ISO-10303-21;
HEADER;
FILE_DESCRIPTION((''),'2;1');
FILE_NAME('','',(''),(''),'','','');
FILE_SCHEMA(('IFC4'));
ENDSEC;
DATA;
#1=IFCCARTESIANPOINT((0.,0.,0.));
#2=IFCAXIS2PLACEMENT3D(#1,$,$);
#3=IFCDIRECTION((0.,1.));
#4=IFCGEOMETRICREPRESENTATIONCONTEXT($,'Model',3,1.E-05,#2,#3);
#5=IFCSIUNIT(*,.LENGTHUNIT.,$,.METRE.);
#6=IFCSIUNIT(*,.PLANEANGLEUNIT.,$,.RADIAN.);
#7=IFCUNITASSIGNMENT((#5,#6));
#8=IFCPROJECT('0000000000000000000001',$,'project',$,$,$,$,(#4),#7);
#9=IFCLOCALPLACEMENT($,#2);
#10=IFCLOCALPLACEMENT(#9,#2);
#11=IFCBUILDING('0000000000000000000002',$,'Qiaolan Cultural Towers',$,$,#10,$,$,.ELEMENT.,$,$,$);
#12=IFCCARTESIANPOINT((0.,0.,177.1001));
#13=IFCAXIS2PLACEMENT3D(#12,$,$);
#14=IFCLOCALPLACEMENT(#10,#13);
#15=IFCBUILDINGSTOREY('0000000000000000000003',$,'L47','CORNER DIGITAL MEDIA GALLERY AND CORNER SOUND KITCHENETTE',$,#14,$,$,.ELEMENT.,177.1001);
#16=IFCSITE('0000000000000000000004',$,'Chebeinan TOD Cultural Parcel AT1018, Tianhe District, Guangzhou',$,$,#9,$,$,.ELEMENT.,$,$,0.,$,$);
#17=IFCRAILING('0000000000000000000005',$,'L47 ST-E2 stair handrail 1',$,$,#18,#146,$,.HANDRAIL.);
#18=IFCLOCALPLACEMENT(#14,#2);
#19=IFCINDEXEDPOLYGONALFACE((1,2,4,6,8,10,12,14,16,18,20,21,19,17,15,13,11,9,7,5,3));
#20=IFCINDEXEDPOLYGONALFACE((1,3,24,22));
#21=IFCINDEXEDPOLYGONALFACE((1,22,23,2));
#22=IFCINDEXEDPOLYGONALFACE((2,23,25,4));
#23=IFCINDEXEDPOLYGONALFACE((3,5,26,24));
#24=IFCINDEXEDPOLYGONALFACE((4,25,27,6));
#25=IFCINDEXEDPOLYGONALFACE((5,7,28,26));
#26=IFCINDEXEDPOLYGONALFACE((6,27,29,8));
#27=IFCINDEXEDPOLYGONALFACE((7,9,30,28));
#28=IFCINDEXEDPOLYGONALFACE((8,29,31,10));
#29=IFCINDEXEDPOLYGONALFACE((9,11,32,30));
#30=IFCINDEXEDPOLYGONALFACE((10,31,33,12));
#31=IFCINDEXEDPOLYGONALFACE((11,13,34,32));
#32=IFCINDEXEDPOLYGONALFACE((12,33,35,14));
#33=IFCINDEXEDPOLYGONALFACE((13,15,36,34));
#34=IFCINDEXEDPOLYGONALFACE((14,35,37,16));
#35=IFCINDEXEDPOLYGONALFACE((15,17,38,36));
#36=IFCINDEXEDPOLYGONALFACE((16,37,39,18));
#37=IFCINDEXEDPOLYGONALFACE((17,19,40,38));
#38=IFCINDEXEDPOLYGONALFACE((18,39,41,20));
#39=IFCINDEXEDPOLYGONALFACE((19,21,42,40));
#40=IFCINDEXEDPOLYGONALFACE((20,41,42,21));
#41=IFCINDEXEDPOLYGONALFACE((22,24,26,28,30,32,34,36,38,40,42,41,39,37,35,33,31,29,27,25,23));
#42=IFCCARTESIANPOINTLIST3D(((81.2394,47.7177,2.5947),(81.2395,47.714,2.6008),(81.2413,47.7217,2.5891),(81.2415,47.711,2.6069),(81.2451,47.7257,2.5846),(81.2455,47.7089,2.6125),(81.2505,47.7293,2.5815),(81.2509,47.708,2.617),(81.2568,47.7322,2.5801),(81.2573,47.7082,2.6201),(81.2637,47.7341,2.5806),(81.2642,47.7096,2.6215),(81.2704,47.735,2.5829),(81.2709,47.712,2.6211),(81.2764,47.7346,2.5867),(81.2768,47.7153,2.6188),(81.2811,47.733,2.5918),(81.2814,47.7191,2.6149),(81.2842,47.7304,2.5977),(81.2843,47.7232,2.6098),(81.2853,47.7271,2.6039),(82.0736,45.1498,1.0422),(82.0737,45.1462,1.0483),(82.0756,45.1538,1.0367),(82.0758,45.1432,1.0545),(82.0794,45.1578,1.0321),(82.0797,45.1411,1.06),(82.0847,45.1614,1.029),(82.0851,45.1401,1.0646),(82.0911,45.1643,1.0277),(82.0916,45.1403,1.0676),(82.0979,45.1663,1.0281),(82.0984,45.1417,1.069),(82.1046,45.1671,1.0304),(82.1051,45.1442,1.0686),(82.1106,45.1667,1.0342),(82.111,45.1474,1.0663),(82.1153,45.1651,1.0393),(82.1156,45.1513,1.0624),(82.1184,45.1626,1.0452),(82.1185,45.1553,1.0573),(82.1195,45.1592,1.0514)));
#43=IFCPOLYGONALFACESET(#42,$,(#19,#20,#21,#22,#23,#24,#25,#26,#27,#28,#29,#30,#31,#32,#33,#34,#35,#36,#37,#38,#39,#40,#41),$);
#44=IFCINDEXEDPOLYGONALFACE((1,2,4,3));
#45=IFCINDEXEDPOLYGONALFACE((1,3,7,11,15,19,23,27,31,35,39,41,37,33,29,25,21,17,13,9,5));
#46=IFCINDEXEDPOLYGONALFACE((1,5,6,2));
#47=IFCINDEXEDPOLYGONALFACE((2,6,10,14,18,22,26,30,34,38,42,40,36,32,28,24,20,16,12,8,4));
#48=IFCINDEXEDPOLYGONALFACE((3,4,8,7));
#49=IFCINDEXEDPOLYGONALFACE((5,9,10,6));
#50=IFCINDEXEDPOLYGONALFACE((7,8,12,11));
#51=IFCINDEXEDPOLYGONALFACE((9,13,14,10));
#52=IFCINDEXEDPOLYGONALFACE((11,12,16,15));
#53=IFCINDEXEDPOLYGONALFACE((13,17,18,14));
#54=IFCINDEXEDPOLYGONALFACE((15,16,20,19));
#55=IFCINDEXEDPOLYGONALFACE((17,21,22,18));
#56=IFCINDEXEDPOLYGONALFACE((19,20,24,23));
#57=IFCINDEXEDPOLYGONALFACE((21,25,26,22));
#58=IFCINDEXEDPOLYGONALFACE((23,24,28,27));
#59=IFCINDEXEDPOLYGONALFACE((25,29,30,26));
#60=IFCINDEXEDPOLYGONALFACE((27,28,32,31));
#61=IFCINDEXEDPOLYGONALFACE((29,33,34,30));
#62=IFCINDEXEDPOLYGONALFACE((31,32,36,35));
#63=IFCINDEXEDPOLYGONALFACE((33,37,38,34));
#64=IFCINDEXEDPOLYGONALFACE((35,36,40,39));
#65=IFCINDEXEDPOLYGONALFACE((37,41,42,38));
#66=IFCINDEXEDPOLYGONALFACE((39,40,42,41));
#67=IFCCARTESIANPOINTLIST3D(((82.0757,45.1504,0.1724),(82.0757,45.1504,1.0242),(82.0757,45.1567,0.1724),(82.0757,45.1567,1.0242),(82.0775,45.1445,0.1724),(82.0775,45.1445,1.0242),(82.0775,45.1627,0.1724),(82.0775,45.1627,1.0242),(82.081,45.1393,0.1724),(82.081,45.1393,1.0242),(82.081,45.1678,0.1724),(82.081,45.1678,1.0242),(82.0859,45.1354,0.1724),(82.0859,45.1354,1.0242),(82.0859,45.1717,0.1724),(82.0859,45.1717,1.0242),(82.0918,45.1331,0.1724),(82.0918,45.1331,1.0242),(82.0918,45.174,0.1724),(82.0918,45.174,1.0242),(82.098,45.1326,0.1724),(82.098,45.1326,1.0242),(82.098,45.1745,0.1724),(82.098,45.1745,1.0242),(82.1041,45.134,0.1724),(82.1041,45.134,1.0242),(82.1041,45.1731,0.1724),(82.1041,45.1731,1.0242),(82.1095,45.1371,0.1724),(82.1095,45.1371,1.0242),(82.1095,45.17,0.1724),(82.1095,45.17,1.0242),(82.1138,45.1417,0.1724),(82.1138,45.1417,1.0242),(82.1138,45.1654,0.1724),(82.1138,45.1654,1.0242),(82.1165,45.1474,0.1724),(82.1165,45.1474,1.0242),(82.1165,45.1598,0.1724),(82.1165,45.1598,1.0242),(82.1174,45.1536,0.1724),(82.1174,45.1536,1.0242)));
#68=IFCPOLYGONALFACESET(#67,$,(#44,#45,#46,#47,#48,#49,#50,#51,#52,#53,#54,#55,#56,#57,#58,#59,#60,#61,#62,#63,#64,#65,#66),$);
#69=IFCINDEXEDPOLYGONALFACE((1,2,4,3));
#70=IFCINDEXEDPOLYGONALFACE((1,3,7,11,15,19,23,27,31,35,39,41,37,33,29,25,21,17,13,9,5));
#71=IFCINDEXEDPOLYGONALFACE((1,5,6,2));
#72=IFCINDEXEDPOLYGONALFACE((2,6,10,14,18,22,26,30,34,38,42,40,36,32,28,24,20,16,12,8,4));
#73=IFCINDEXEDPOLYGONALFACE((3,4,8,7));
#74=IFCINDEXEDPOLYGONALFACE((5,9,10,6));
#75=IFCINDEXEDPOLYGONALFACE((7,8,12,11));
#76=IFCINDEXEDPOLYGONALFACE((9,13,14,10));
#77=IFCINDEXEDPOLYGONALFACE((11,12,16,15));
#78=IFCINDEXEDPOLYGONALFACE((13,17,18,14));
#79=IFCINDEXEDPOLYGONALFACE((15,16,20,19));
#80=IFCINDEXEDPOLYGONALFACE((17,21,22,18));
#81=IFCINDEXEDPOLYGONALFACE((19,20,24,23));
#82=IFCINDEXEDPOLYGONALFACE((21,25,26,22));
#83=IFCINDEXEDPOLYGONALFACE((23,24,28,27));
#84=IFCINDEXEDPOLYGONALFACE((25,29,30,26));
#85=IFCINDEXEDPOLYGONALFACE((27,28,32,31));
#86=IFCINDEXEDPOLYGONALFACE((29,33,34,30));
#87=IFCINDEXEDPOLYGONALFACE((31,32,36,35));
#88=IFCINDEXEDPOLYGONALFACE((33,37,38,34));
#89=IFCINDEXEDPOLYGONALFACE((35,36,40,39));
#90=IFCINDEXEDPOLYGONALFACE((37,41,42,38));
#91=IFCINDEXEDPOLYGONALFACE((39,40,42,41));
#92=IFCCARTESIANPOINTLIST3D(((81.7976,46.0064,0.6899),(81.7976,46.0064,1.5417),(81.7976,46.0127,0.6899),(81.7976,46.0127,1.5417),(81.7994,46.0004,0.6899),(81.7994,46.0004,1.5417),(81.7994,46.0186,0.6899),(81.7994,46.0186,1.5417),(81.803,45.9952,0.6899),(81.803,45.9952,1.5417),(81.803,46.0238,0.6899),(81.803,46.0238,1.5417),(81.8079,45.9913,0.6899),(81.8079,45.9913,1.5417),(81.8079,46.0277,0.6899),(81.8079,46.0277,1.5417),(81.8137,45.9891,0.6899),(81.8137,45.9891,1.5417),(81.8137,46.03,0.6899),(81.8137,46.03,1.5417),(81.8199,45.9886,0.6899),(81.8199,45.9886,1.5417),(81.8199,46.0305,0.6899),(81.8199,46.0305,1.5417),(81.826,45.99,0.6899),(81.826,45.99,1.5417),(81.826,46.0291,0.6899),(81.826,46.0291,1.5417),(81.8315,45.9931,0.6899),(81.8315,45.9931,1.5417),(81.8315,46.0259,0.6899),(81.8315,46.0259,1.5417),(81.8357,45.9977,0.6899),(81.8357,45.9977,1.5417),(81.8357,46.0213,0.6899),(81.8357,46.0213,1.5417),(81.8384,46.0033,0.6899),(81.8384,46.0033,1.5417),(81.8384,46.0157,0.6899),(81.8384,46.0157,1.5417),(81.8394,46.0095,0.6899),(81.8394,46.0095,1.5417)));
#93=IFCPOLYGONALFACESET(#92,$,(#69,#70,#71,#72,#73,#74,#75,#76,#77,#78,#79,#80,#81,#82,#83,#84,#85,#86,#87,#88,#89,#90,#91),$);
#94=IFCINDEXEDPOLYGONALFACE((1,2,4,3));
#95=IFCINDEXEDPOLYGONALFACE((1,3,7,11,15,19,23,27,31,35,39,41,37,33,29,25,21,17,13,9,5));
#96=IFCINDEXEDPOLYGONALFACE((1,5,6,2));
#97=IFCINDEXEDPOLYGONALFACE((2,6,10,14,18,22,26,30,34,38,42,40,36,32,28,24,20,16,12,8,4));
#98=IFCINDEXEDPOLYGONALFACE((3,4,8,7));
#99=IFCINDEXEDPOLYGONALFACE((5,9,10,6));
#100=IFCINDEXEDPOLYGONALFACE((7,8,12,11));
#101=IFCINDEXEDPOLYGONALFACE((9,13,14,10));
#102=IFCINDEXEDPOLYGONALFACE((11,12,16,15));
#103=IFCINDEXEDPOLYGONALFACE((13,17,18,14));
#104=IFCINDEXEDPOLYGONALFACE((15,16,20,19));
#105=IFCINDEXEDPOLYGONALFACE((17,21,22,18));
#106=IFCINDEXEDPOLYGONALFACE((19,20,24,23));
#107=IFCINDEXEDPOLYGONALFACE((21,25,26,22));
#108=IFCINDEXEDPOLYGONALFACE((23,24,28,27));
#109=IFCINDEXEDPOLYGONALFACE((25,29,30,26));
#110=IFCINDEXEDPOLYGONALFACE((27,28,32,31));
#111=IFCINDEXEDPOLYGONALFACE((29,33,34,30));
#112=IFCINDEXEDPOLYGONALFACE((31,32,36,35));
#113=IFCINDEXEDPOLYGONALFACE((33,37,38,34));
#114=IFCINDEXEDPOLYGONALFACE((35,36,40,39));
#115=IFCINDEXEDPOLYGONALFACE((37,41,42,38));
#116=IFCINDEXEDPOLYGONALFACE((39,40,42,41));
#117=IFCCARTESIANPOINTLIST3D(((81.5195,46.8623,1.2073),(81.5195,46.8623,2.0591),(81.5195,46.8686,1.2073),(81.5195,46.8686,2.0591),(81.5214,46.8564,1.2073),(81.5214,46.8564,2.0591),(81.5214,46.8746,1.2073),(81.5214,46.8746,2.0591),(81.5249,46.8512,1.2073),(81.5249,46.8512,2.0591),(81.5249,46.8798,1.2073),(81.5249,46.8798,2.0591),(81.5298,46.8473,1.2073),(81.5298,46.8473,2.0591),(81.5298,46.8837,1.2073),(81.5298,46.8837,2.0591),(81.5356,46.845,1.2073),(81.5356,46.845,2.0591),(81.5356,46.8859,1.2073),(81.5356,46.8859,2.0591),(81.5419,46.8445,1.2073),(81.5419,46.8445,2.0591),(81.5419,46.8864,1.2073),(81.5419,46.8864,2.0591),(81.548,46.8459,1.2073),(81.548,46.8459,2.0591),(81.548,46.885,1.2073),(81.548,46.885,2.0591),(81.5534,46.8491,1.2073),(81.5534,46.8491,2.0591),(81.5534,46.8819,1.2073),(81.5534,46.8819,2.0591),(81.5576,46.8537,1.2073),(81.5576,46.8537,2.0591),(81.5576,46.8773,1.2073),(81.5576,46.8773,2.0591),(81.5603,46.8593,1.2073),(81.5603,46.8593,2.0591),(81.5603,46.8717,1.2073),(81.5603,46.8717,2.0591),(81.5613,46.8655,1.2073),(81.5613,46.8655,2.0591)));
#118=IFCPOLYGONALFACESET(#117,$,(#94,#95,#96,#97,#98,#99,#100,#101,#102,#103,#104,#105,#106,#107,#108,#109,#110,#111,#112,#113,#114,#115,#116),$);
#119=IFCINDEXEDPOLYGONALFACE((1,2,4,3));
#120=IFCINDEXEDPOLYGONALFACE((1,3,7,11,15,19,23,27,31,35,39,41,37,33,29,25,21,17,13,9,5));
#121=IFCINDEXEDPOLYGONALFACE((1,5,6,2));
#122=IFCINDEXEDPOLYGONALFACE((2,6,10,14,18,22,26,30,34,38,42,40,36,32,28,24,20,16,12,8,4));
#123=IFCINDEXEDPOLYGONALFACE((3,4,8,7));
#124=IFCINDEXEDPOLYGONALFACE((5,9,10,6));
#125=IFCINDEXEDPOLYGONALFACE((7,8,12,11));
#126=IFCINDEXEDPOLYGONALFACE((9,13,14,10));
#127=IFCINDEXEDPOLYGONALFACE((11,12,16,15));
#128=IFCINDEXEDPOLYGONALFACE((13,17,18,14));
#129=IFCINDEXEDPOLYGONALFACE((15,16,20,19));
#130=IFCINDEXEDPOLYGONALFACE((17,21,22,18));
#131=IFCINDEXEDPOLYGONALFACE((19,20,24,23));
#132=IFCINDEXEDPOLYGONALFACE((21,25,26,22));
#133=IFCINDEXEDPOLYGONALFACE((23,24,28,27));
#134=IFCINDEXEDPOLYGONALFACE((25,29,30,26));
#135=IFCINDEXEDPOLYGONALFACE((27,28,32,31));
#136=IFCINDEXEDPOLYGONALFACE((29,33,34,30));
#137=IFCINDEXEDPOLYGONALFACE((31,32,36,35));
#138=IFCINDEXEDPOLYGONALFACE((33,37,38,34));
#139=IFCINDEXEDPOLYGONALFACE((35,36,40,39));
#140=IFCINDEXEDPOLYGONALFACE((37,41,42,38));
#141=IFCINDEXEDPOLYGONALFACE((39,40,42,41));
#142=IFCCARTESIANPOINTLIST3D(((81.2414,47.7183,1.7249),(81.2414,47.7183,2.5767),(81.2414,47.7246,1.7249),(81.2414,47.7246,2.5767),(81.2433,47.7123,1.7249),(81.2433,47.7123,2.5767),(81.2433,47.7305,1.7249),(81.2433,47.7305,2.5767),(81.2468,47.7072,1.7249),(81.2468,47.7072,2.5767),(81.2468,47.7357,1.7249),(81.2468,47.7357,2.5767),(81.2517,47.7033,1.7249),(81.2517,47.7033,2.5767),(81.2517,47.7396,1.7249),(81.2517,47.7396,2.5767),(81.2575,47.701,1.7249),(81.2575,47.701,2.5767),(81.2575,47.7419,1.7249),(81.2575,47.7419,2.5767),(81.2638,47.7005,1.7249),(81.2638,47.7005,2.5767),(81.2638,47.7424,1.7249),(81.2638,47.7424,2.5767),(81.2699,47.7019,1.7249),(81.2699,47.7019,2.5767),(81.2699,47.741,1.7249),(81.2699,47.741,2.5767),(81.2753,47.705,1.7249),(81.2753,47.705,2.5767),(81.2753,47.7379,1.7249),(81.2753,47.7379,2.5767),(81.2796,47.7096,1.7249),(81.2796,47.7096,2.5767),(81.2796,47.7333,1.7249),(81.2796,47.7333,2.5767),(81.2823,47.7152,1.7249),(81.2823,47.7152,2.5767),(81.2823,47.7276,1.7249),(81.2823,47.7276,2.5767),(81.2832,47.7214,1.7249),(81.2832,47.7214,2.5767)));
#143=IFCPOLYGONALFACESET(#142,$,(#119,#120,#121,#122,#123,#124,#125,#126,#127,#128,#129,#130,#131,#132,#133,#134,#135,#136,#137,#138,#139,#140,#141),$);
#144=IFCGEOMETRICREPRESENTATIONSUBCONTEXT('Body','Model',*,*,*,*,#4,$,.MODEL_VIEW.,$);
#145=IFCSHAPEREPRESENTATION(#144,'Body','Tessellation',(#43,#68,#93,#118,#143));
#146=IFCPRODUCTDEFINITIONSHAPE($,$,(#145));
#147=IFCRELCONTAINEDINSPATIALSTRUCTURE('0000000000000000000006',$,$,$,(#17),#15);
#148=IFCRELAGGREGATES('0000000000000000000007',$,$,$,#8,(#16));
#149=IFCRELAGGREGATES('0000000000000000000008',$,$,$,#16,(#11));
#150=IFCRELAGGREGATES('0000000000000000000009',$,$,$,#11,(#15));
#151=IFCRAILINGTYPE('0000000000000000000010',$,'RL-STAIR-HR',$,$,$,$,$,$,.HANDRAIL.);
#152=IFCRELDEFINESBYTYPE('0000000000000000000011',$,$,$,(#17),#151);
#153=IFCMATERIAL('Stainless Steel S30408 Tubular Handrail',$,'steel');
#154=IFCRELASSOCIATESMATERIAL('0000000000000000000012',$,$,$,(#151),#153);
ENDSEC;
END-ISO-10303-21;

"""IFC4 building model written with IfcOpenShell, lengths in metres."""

from ifc_helpers import new_model, si_unit, direction, frame, origin, origin_2d, place, context, subcontext, project, spatial, circle, extrude, material, type_object, element, save


model = new_model("IFC4")

# Units and contexts
model_context = context("Model", 3, precision=1e-05, world=origin(), true_north=direction((0.0, 1.0)))
body_context = subcontext(model_context, "Body", "Model", "MODEL_VIEW")
ifc_project = project(units=[si_unit("LENGTHUNIT", "METRE"), si_unit("PLANEANGLEUNIT", "RADIAN")], contexts=[model_context])

# Site, building, storey
site_placement = place(None, origin())
site = spatial("IfcSite", under=ifc_project, at=site_placement, Name="Chebeinan TOD Cultural Parcel AT1018, Tianhe District, Guangzhou", CompositionType="ELEMENT", RefElevation=0.0)
building_placement = place(site_placement, origin())
building = spatial("IfcBuilding", under=site, at=building_placement, Name="Qiaolan Cultural Towers", CompositionType="ELEMENT")
storey_placement = place(building_placement, frame((0.0, 0.0, 177.1001)))
storey = spatial("IfcBuildingStorey", under=building, at=storey_placement, Name="L47", Description="CORNER DIGITAL MEDIA GALLERY AND CORNER SOUND KITCHENETTE", CompositionType="ELEMENT", Elevation=177.1001)

# Railing
ifc_material_1 = material(Name="Stainless Steel S30408 Tubular Handrail", Category="steel")
railing_type_1 = type_object("IfcRailingType", Name="RL-STAIR-HR", PredefinedType="HANDRAIL", material=ifc_material_1)
railing_1_placement = place(storey_placement, frame((82.0964, 45.1536, 0.1724)))
element("IfcRailing", 1, at=railing_1_placement, inside=storey, type_object=railing_type_1, Name="L47 ST-E2 stair handrail 1", PredefinedType="HANDRAIL", context=body_context, shape_type="SweptSolid", body=[
    extrude(circle(Radius=0.0239, at=origin_2d()), frame((0.0, 0.0, 0.876), z_axis=(-0.267853, 0.824488, 0.498471), x_axis=(-0.95107, -0.308976, 0.0)), (0.0, 0.0, 1.0), 3.1145),
    extrude(circle(Radius=0.021, at=origin_2d()), origin(), (0.0, 0.0, 1.0), 0.8518),
    extrude(circle(Radius=0.021, at=origin_2d()), frame((-0.2781, 0.856, 0.5176)), (0.0, 0.0, 1.0), 0.8518),
    extrude(circle(Radius=0.021, at=origin_2d()), frame((-0.5562, 1.7119, 1.0349)), (0.0, 0.0, 1.0), 0.8518),
    extrude(circle(Radius=0.021, at=origin_2d()), frame((-0.8342, 2.5679, 1.5525)), (0.0, 0.0, 1.0), 0.8518),
])

save(model, "model.ifc")
